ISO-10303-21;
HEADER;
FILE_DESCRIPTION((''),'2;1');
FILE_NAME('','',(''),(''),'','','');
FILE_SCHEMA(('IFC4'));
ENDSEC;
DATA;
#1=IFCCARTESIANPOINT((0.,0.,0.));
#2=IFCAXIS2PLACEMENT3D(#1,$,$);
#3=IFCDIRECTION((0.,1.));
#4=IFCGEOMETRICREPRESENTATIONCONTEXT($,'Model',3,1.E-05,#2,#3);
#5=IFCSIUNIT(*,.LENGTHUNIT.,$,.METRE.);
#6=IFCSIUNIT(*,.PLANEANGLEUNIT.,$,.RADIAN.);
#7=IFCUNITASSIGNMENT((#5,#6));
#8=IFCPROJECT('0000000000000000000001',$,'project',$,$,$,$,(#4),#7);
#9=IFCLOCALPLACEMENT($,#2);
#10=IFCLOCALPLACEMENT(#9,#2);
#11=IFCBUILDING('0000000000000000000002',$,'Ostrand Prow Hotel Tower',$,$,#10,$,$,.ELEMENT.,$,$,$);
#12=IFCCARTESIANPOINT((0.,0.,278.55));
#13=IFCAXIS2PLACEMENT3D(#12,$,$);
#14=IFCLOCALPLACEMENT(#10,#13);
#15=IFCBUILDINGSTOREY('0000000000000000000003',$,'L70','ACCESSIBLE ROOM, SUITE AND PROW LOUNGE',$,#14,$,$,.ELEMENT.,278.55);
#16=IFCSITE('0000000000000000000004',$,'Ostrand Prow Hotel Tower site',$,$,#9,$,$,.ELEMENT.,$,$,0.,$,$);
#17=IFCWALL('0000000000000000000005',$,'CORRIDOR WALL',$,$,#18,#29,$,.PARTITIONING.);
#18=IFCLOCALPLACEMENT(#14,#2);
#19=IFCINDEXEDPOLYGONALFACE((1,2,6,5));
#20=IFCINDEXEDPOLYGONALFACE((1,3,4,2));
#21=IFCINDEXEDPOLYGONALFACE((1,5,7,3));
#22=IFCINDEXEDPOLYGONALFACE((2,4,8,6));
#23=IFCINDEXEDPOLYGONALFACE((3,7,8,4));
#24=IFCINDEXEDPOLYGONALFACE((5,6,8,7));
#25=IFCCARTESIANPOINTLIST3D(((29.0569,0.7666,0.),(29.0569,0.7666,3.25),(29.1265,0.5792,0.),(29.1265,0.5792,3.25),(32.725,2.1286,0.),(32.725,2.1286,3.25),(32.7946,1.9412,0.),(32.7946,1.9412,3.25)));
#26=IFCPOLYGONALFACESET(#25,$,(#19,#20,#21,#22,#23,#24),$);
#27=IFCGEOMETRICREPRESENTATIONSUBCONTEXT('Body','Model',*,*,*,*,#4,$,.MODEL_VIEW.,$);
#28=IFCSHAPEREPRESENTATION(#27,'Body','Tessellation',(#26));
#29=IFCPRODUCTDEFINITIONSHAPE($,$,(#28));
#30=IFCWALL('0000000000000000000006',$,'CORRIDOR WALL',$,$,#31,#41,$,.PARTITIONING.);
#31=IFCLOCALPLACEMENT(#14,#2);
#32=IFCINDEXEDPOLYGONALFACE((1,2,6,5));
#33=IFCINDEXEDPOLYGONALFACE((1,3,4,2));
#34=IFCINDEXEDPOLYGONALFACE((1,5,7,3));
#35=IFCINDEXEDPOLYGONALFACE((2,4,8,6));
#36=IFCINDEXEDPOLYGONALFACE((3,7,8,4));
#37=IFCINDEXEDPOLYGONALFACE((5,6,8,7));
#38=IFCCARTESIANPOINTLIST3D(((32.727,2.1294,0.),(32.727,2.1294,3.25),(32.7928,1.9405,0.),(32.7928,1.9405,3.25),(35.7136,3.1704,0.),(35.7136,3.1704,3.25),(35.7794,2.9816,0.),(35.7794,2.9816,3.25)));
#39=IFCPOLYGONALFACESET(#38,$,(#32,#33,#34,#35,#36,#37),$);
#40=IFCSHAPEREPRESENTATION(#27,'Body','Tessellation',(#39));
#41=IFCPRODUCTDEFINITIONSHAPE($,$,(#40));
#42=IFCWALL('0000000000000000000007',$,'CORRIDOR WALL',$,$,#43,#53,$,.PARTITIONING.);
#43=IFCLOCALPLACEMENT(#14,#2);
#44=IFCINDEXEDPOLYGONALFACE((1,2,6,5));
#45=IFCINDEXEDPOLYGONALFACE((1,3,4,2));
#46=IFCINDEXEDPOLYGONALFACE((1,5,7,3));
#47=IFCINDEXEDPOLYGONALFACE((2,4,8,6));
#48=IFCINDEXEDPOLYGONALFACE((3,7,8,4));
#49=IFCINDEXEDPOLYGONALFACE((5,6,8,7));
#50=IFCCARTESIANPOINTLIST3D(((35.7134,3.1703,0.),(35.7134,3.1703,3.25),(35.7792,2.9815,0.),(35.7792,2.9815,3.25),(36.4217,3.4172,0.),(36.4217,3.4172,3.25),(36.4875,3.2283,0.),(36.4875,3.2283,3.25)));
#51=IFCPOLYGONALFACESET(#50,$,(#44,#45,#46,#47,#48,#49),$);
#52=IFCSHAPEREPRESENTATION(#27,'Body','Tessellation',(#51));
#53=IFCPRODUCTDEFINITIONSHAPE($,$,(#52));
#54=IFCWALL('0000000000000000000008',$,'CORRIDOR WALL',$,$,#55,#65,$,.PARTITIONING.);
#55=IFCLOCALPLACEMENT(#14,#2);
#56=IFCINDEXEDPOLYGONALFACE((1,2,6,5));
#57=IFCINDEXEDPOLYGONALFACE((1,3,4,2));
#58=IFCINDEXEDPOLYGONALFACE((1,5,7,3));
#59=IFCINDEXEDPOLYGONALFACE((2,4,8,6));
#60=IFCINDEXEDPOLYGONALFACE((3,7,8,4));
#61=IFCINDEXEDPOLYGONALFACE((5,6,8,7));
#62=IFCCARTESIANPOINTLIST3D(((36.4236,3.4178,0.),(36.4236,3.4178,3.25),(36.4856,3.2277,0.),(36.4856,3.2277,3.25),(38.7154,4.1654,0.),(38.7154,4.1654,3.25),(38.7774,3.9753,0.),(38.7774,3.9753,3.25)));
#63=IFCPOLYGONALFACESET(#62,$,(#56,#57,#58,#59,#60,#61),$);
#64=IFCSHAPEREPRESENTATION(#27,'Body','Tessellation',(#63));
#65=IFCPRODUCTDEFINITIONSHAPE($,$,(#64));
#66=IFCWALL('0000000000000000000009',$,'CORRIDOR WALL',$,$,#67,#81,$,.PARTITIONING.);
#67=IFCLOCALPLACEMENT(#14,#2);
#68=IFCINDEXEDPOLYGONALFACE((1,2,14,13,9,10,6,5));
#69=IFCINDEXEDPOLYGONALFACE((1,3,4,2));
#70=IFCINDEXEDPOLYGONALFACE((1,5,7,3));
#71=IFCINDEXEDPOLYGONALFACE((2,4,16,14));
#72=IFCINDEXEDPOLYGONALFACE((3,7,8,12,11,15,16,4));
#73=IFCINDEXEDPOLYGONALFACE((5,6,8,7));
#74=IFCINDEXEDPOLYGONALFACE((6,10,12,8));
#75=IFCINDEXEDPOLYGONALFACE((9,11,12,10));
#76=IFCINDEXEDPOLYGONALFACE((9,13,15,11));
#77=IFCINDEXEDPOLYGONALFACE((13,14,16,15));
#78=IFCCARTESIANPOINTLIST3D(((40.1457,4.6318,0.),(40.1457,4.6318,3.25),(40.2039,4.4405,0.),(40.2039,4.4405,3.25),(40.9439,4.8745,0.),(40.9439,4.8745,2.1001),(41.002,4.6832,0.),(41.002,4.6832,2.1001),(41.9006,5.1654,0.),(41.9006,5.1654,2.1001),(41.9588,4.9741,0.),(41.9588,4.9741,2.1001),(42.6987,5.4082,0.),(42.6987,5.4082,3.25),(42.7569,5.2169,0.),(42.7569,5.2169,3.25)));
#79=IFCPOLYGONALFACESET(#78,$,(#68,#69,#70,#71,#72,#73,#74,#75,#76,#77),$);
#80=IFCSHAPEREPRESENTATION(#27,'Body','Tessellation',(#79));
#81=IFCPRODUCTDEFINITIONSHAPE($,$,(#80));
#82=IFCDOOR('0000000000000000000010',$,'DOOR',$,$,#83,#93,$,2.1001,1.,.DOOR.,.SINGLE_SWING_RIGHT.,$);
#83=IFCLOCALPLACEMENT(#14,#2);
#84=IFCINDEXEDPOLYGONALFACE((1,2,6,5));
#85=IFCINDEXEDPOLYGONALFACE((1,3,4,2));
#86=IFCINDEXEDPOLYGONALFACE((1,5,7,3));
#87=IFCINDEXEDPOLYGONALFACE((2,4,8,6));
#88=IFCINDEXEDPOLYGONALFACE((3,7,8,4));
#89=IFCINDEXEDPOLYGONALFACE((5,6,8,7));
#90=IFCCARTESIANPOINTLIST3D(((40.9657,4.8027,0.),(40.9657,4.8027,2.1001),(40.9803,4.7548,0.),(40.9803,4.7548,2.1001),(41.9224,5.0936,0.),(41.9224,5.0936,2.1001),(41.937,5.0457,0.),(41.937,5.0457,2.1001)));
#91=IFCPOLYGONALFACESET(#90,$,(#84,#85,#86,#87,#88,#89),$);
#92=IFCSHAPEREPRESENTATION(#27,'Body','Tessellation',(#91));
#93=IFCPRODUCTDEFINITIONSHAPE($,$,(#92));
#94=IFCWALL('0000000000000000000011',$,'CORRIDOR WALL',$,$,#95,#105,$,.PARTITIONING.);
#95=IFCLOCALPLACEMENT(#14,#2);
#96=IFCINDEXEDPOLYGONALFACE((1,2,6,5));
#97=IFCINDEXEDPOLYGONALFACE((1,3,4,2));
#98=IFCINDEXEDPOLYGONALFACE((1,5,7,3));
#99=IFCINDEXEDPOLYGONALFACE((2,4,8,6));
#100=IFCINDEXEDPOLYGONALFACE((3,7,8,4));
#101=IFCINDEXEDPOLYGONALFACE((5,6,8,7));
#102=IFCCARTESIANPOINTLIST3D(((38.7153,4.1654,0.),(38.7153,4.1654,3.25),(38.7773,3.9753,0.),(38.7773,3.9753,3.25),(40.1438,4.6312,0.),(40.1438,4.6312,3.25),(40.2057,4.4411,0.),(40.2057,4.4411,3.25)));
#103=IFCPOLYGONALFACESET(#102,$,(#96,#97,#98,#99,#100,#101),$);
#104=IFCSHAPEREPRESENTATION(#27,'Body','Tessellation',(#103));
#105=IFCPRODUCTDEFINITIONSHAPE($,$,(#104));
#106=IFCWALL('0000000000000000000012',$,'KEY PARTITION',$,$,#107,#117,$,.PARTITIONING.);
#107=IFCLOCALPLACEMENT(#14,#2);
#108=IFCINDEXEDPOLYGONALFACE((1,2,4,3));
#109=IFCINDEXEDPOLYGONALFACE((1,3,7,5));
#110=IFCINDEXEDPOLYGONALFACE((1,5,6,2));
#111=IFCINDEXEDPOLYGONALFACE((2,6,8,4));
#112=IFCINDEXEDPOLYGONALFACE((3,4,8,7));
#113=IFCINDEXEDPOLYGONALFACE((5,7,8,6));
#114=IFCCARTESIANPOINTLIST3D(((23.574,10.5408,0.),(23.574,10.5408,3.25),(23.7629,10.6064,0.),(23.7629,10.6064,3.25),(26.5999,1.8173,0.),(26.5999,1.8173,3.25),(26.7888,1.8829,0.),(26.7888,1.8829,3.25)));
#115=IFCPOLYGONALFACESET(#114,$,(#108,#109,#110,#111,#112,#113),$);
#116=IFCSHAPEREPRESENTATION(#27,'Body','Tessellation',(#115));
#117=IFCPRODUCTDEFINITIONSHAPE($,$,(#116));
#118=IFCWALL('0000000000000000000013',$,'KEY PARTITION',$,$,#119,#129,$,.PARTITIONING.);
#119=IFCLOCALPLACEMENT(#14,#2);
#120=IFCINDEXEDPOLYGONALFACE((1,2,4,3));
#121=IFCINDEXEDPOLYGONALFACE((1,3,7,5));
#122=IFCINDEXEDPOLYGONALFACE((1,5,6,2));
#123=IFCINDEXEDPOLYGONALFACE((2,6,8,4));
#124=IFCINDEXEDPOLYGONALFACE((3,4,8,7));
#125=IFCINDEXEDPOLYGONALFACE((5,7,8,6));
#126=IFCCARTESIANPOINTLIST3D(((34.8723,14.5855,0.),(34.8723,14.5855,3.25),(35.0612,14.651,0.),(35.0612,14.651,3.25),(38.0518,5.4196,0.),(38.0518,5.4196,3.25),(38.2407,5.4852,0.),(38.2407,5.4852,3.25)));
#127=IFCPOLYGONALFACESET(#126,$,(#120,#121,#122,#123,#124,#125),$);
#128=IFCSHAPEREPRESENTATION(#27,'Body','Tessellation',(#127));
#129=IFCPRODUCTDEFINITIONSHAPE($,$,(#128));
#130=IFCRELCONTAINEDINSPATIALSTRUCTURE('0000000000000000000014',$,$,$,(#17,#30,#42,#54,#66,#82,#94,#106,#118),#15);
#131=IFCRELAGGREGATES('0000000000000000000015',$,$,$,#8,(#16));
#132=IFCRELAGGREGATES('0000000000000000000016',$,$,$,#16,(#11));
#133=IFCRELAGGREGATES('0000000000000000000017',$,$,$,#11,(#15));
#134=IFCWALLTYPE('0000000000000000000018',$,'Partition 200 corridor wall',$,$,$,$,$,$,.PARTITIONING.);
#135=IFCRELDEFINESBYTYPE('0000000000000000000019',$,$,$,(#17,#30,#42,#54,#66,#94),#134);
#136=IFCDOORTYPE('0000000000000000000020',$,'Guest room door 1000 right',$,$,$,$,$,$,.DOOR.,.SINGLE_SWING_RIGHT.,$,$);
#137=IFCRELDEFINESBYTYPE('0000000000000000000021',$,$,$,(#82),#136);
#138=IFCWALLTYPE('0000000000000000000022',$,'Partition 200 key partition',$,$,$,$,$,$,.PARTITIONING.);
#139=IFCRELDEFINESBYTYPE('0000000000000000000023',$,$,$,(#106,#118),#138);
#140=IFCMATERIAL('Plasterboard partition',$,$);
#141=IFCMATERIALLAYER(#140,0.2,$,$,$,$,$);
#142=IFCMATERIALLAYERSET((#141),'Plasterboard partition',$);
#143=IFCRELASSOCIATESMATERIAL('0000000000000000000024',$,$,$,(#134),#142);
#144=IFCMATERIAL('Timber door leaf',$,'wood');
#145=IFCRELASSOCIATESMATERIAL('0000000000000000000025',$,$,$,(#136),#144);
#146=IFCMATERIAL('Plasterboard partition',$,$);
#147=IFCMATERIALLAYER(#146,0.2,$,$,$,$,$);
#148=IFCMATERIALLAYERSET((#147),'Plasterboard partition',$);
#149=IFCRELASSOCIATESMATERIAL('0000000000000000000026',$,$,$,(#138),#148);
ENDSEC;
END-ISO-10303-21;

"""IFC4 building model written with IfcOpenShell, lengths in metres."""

from ifc_helpers import new_model, si_unit, direction, frame, frame_2d, origin, place, context, subcontext, project, spatial, rectangle, extrude, material, layer, layer_set, type_object, element, fill, save


model = new_model("IFC4")

# Units and contexts
model_context = context("Model", 3, precision=1e-05, world=origin(), true_north=direction((0.0, 1.0)))
body_context = subcontext(model_context, "Body", "Model", "MODEL_VIEW")
ifc_project = project(units=[si_unit("LENGTHUNIT", "METRE"), si_unit("PLANEANGLEUNIT", "RADIAN")], contexts=[model_context])

# Site, building, storey
site_placement = place(None, origin())
site = spatial("IfcSite", under=ifc_project, at=site_placement, Name="Ostrand Prow Hotel Tower site", CompositionType="ELEMENT", RefElevation=0.0)
building_placement = place(site_placement, origin())
building = spatial("IfcBuilding", under=site, at=building_placement, Name="Ostrand Prow Hotel Tower", CompositionType="ELEMENT")
storey_placement = place(building_placement, frame((0.0, 0.0, 278.55)))
storey = spatial("IfcBuildingStorey", under=building, at=storey_placement, Name="L70", Description="ACCESSIBLE ROOM, SUITE AND PROW LOUNGE", CompositionType="ELEMENT", Elevation=278.55)

# Shared definitions
ifc_material_1 = material(Name="Plasterboard partition")
ifc_layer_1 = layer(ifc_material_1, 0.2)
ifc_layer_set_1 = layer_set([ifc_layer_1], Name="Plasterboard partition")
wall_type_1 = type_object("IfcWallType", Name="Partition 200 corridor wall", PredefinedType="PARTITIONING", material=ifc_layer_set_1)

# Walls
wall_1_placement = place(storey_placement, frame((29.0916, 0.6729, 0.0), z_axis=(0.0, 0.0, 1.0), x_axis=(0.93746, 0.348093, 0.0)))
element("IfcWall", 1, at=wall_1_placement, inside=storey, type_object=wall_type_1, Name="CORRIDOR WALL", PredefinedType="PARTITIONING", context=body_context, shape_type="SweptSolid", body=[
    extrude(rectangle(XDim=3.9128, YDim=0.2, at=frame_2d((1.9565, 0.0))), origin(), (0.0, 0.0, 1.0), 3.25),
])
wall_2_placement = place(storey_placement, frame((32.7598, 2.0349, 0.0), z_axis=(0.0, 0.0, 1.0), x_axis=(0.94428, 0.329143, 0.0)))
element("IfcWall", 2, at=wall_2_placement, inside=storey, type_object=wall_type_1, Name="CORRIDOR WALL", PredefinedType="PARTITIONING", context=body_context, shape_type="SweptSolid", body=[
    extrude(rectangle(XDim=3.1628, YDim=0.2, at=frame_2d((1.5815, 0.0))), origin(), (0.0, 0.0, 1.0), 3.25),
])
wall_3_placement = place(storey_placement, frame((35.7463, 3.0759, 0.0), z_axis=(0.0, 0.0, 1.0), x_axis=(0.944299, 0.329089, 0.0)))
element("IfcWall", 3, at=wall_3_placement, inside=storey, type_object=wall_type_1, Name="CORRIDOR WALL", PredefinedType="PARTITIONING", context=body_context, shape_type="SweptSolid", body=[
    extrude(rectangle(XDim=0.75, YDim=0.2, at=frame_2d((0.375, 0.0))), origin(), (0.0, 0.0, 1.0), 3.25),
])
wall_4_placement = place(storey_placement, frame((36.4546, 3.3228, 0.0), z_axis=(0.0, 0.0, 1.0), x_axis=(0.950699, 0.310114, 0.0)))
element("IfcWall", 4, at=wall_4_placement, inside=storey, type_object=wall_type_1, Name="CORRIDOR WALL", PredefinedType="PARTITIONING", context=body_context, shape_type="SweptSolid", body=[
    extrude(rectangle(XDim=2.4106, YDim=0.2, at=frame_2d((1.2053, 0.0))), origin(), (0.0, 0.0, 1.0), 3.25),
])

# Wall, opening, door
wall_5_placement = place(storey_placement, frame((40.1748, 4.5361, 0.0), z_axis=(0.0, 0.0, 1.0), x_axis=(0.956739, 0.290947, 0.0)))
wall_5 = element("IfcWall", 5, at=wall_5_placement, inside=storey, type_object=wall_type_1, Name="CORRIDOR WALL", PredefinedType="PARTITIONING", context=body_context, shape_type="SweptSolid", body=[
    extrude(rectangle(XDim=2.6685, YDim=0.2, at=frame_2d((1.3342, 0.0))), origin(), (0.0, 0.0, 1.0), 3.25),
])
opening_1_placement = place(wall_5_placement, frame((0.8342, 0.0, 0.0)))
opening_1 = element("IfcOpeningElement", 6, at=opening_1_placement, cuts=wall_5, PredefinedType="OPENING", context=body_context, shape_type="SweptSolid", body=[
    extrude(rectangle(XDim=1.0, YDim=2.1001, at=frame_2d((0.5, 1.05))), frame((0.0, 0.1099, 0.0), z_axis=(0.0, -1.0, 0.0), x_axis=(1.0, 0.0, 0.0)), (0.0, 0.0, 1.0), 0.22),
])
ifc_material_2 = material(Name="Timber door leaf", Category="wood")
door_type_1 = type_object("IfcDoorType", Name="Guest room door 1000 right", OperationType="SINGLE_SWING_RIGHT", PredefinedType="DOOR", material=ifc_material_2)
door_1_placement = place(opening_1_placement, origin())
door_1 = element("IfcDoor", 7, at=door_1_placement, inside=storey, type_object=door_type_1, Name="DOOR", OperationType="SINGLE_SWING_RIGHT", OverallHeight=2.1001, OverallWidth=1.0, PredefinedType="DOOR", context=body_context, shape_type="SweptSolid", body=[
    extrude(rectangle(XDim=1.0, YDim=2.1001, at=frame_2d((0.5, 1.05))), frame((0.0, 0.0249, 0.0), z_axis=(0.0, -1.0, 0.0), x_axis=(1.0, 0.0, 0.0)), (0.0, 0.0, 1.0), 0.05),
])
fill(opening_1, door_1)

# Walls
wall_6_placement = place(storey_placement, frame((38.7463, 4.0703, 0.0), z_axis=(0.0, 0.0, 1.0), x_axis=(0.950727, 0.31003, 0.0)))
element("IfcWall", 8, at=wall_6_placement, inside=storey, type_object=wall_type_1, Name="CORRIDOR WALL", PredefinedType="PARTITIONING", context=body_context, shape_type="SweptSolid", body=[
    extrude(rectangle(XDim=1.5024, YDim=0.2, at=frame_2d((0.7512, 0.0))), origin(), (0.0, 0.0, 1.0), 3.25),
])
ifc_material_3 = material(Name="Plasterboard partition")
ifc_layer_2 = layer(ifc_material_3, 0.2)
ifc_layer_set_2 = layer_set([ifc_layer_2], Name="Plasterboard partition")
wall_type_2 = type_object("IfcWallType", Name="Partition 200 key partition", PredefinedType="PARTITIONING", material=ifc_layer_set_2)
wall_7_placement = place(storey_placement, frame((26.6943, 1.8501, 0.0), z_axis=(0.0, 0.0, 1.0), x_axis=(-0.327714, 0.944777, 0.0)))
element("IfcWall", 9, at=wall_7_placement, inside=storey, type_object=wall_type_2, Name="KEY PARTITION", PredefinedType="PARTITIONING", context=body_context, shape_type="SweptSolid", body=[
    extrude(rectangle(XDim=9.2334, YDim=0.2, at=frame_2d((4.6167, 0.0))), origin(), (0.0, 0.0, 1.0), 3.25),
])
wall_8_placement = place(storey_placement, frame((38.1462, 5.4524, 0.0), z_axis=(0.0, 0.0, 1.0), x_axis=(-0.327725, 0.944773, 0.0)))
element("IfcWall", 10, at=wall_8_placement, inside=storey, type_object=wall_type_2, Name="KEY PARTITION", PredefinedType="PARTITIONING", context=body_context, shape_type="SweptSolid", body=[
    extrude(rectangle(XDim=9.7017, YDim=0.2, at=frame_2d((4.8508, 0.0))), origin(), (0.0, 0.0, 1.0), 3.25),
])

save(model, "model.ifc")
